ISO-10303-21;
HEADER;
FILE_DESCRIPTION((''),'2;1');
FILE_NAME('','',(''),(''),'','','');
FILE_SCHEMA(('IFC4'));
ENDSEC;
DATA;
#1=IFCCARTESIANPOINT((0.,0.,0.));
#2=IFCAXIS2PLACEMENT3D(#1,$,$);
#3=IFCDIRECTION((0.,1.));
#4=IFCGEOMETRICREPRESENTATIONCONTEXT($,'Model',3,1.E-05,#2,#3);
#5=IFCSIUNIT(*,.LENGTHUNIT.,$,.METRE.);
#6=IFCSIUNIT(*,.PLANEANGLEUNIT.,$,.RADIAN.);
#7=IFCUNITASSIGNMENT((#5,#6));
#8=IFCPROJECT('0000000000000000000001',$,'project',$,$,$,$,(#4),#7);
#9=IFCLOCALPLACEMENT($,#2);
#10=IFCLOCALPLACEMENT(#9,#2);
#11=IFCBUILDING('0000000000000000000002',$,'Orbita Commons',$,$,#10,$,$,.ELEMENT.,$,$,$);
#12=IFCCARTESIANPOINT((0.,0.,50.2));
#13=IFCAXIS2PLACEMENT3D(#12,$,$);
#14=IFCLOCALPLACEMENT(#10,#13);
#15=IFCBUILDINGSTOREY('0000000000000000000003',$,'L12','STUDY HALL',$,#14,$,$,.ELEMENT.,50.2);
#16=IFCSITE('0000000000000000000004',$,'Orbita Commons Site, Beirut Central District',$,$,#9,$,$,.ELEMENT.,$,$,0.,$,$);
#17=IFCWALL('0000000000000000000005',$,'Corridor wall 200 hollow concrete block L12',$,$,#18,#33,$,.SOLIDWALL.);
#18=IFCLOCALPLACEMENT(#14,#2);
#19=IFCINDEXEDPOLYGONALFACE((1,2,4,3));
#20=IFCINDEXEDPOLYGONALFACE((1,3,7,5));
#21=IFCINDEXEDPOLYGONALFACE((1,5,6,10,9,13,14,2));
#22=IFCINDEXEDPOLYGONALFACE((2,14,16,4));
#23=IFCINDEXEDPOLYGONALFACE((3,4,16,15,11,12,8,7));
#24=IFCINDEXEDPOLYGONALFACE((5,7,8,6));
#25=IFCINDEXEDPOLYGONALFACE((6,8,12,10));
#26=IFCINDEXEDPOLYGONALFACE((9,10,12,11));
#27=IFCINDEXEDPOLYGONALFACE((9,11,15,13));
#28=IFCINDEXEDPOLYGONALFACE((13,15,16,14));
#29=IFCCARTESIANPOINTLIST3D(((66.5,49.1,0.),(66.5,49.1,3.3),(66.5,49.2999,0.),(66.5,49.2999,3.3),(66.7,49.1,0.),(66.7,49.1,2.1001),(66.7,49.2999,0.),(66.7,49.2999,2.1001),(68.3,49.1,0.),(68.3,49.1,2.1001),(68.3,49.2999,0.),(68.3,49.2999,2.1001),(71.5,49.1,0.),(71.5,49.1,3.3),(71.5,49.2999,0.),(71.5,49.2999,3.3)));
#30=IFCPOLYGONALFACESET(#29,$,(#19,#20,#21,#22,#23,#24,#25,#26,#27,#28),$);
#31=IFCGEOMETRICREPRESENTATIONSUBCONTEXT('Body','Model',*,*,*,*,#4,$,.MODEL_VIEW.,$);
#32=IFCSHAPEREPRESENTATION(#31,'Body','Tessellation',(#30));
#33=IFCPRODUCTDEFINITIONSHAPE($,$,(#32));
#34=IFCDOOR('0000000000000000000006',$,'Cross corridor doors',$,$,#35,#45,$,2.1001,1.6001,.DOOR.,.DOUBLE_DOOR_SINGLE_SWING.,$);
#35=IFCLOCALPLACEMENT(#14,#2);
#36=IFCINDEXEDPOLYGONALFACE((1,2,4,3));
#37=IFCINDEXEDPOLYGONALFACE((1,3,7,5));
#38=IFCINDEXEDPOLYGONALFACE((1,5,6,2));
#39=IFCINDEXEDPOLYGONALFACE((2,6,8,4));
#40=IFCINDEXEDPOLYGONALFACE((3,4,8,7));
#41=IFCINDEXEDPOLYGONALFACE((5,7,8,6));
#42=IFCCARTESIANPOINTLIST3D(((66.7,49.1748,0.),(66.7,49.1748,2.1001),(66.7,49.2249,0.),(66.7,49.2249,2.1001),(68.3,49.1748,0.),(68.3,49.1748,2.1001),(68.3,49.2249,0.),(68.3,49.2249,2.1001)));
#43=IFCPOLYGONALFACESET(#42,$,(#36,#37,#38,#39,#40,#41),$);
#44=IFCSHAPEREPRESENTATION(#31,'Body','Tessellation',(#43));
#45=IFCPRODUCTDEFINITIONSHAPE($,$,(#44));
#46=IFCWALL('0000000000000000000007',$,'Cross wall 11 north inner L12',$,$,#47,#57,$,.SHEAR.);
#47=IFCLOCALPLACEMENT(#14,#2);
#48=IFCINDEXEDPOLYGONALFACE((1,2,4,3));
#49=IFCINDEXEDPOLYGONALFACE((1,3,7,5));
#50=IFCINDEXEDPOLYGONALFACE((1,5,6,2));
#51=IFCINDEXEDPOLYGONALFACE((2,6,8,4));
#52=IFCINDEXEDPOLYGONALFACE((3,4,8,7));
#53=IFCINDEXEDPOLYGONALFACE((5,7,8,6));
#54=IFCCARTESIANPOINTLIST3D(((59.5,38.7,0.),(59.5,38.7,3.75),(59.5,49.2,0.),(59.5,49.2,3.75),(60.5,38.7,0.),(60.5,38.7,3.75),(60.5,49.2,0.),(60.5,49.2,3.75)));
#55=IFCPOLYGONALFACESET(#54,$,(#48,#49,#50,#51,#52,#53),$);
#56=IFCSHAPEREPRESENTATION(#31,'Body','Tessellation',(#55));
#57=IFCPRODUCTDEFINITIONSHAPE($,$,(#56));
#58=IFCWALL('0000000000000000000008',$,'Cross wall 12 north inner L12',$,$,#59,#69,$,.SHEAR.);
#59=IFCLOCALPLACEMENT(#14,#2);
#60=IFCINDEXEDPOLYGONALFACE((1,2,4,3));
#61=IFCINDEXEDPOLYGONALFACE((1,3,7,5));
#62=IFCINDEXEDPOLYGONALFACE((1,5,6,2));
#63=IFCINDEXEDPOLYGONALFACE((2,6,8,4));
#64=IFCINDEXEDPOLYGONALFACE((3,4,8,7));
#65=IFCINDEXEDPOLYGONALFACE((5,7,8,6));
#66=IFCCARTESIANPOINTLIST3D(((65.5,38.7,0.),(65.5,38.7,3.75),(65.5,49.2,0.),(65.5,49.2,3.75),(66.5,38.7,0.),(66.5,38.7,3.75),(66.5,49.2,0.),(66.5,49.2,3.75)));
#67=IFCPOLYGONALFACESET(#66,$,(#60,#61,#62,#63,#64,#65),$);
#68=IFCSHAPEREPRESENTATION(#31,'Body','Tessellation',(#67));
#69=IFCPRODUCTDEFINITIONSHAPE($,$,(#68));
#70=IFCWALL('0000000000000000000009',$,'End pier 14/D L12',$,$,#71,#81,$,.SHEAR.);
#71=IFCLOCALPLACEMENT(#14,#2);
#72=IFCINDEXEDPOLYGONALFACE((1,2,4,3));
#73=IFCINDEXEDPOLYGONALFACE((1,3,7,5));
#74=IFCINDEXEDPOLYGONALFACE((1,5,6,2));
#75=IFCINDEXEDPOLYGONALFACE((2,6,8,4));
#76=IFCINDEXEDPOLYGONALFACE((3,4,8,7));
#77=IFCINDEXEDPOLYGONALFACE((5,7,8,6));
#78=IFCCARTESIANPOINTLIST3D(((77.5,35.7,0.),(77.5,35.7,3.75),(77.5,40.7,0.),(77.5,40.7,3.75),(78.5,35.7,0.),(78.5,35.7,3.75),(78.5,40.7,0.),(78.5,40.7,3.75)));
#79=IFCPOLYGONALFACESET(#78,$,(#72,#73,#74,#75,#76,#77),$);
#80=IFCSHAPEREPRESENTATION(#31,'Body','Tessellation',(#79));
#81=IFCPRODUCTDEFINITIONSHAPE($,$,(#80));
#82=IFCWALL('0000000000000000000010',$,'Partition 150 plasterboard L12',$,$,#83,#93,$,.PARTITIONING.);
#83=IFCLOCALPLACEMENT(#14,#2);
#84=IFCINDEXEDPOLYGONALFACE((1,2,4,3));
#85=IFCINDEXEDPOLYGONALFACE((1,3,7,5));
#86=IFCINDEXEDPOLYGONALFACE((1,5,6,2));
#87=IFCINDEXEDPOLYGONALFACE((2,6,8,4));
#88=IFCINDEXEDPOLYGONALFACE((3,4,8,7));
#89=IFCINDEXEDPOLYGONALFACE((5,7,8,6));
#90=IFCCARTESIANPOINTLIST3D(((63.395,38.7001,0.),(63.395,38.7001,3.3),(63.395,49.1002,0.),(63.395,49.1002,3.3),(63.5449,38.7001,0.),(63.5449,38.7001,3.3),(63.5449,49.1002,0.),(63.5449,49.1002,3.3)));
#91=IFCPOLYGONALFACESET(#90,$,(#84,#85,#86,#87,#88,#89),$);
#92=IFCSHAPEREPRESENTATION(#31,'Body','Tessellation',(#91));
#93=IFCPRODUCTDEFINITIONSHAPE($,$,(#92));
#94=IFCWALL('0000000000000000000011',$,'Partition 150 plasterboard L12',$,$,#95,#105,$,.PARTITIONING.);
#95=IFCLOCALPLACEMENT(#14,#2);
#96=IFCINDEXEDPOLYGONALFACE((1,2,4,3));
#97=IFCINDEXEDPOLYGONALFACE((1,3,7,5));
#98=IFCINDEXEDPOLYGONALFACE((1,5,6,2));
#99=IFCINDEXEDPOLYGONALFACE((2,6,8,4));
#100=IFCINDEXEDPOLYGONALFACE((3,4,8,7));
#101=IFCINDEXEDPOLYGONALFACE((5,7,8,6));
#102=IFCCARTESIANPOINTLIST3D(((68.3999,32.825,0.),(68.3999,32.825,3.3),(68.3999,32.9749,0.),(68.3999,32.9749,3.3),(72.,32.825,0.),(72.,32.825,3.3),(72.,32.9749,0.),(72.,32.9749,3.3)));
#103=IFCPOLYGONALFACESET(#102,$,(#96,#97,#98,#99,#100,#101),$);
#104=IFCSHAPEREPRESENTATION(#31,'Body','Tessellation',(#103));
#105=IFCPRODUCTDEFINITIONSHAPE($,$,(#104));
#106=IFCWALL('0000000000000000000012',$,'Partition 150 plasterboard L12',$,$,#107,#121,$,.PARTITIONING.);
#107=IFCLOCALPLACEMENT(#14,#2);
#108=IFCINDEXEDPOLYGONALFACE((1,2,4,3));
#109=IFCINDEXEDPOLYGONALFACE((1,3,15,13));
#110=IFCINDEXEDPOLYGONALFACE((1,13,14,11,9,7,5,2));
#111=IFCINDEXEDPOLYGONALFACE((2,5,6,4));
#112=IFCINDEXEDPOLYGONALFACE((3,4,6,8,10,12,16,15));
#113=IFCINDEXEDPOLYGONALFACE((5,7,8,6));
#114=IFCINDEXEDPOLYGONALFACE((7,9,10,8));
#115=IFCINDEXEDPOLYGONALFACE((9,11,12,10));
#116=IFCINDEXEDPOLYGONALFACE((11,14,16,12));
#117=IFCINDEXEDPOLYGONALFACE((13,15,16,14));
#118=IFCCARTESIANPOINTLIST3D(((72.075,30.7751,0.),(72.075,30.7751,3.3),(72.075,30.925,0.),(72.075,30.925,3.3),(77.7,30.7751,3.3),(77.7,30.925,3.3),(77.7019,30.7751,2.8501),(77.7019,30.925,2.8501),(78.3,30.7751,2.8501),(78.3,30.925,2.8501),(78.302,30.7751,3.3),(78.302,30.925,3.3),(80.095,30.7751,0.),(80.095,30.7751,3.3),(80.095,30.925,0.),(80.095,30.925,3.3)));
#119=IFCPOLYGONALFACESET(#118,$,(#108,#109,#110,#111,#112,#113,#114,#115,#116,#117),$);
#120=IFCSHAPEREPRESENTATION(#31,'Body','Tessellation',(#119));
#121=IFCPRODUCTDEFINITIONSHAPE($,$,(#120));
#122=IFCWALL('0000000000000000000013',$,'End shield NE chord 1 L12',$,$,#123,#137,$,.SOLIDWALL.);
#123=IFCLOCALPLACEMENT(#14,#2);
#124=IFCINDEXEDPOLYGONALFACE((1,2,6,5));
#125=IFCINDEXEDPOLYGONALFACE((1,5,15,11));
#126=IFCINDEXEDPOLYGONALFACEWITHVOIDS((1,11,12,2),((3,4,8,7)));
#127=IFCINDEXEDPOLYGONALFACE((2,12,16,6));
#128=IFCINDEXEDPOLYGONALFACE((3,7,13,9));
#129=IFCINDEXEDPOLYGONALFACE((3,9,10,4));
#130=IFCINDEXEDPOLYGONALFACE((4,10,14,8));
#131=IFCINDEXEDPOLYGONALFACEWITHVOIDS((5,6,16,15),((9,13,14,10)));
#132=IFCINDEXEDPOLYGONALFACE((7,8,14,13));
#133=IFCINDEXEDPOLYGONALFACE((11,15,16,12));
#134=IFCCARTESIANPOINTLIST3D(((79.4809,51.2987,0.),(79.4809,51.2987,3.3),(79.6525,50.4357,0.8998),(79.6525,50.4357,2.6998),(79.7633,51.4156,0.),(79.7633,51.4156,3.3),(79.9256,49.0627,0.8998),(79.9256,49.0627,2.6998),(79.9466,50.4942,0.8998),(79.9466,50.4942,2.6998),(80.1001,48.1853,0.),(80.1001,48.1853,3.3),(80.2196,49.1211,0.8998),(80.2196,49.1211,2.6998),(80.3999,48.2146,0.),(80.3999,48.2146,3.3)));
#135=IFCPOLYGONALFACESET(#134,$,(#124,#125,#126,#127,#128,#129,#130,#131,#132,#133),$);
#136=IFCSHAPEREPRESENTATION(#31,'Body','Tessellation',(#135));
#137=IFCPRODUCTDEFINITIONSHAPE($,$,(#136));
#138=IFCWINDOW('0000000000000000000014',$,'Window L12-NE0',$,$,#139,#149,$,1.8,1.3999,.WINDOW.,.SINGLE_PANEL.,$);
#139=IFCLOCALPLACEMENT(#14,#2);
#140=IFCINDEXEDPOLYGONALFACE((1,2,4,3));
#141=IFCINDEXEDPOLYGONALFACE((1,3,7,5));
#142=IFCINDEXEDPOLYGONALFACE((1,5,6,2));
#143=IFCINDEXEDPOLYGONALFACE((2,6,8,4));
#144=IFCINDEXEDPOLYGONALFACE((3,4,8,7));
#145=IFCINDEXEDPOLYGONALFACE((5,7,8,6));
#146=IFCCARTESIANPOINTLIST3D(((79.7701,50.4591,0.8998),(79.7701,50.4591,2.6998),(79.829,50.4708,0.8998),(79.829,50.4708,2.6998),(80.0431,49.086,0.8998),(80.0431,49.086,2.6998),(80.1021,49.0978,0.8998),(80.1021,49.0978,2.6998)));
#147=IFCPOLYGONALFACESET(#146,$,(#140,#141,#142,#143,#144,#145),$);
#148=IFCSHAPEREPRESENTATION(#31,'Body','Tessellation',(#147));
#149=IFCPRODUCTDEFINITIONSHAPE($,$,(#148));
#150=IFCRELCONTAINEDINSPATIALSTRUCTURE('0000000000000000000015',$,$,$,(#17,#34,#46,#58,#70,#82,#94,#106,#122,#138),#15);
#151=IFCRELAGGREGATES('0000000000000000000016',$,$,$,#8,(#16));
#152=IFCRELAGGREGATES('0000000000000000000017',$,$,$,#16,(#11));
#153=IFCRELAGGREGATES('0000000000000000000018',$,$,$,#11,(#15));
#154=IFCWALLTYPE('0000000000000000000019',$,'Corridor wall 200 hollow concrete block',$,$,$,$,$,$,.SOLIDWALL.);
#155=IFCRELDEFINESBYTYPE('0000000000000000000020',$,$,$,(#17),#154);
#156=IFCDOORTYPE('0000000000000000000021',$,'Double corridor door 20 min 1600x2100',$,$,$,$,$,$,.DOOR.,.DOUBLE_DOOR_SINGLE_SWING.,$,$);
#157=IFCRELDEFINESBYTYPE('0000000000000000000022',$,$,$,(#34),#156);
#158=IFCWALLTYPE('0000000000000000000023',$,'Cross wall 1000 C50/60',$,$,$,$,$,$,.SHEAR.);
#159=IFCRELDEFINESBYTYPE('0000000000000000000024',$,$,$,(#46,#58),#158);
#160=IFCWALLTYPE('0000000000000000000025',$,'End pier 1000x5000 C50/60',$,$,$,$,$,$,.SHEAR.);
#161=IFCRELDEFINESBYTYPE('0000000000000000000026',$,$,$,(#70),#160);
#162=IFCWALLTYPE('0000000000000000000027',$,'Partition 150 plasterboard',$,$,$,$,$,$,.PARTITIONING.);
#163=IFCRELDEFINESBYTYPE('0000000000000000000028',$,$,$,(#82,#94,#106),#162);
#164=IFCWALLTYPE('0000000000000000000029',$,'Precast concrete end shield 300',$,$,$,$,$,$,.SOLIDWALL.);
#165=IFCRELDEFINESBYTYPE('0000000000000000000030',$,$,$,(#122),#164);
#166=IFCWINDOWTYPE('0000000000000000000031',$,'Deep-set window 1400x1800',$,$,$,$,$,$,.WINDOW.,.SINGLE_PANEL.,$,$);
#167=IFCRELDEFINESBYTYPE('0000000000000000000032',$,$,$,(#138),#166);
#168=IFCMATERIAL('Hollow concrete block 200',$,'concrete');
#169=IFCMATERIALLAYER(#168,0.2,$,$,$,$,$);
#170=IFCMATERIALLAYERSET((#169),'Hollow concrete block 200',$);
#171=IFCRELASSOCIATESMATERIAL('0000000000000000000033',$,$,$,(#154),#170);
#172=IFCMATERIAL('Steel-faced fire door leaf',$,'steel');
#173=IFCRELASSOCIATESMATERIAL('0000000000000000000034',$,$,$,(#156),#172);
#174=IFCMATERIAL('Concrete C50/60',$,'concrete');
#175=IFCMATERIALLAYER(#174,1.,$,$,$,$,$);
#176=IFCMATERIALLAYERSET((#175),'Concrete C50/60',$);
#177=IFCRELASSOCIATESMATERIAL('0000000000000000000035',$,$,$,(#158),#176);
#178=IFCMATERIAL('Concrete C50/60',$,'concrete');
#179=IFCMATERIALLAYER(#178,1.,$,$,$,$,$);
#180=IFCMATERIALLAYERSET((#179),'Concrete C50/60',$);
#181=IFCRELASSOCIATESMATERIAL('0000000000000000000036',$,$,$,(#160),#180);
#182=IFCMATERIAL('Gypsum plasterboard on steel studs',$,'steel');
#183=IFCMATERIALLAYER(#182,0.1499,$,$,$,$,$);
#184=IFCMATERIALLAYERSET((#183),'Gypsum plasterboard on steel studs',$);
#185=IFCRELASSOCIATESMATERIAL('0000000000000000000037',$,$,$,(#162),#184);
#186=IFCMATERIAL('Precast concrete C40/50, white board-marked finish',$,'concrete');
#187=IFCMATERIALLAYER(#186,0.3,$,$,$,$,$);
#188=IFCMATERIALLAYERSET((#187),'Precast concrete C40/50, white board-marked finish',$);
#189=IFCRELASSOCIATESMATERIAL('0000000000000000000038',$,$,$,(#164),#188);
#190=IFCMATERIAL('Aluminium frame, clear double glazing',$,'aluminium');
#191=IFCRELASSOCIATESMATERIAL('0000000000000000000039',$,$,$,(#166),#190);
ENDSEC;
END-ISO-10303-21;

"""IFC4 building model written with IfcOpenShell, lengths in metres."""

from ifc_helpers import new_model, si_unit, direction, frame, frame_2d, origin, place, context, subcontext, project, spatial, polyline, rectangle, outline, extrude, material, layer, layer_set, type_object, element, fill, save


model = new_model("IFC4")

# Units and contexts
model_context = context("Model", 3, precision=1e-05, world=origin(), true_north=direction((0.0, 1.0)))
body_context = subcontext(model_context, "Body", "Model", "MODEL_VIEW")
ifc_project = project(units=[si_unit("LENGTHUNIT", "METRE"), si_unit("PLANEANGLEUNIT", "RADIAN")], contexts=[model_context])

# Site, building, storey
site_placement = place(None, origin())
site = spatial("IfcSite", under=ifc_project, at=site_placement, Name="Orbita Commons Site, Beirut Central District", CompositionType="ELEMENT", RefElevation=0.0)
building_placement = place(site_placement, origin())
building = spatial("IfcBuilding", under=site, at=building_placement, Name="Orbita Commons", CompositionType="ELEMENT")
storey_placement = place(building_placement, frame((0.0, 0.0, 50.2)))
storey = spatial("IfcBuildingStorey", under=building, at=storey_placement, Name="L12", Description="STUDY HALL", CompositionType="ELEMENT", Elevation=50.2)

# Shared definitions
ifc_material_1 = material(Name="Hollow concrete block 200", Category="concrete")
ifc_layer_1 = layer(ifc_material_1, 0.2)
ifc_layer_set_1 = layer_set([ifc_layer_1], Name="Hollow concrete block 200")
wall_type_1 = type_object("IfcWallType", Name="Corridor wall 200 hollow concrete block", PredefinedType="SOLIDWALL", material=ifc_layer_set_1)

# Wall, opening, door
wall_1_placement = place(storey_placement, frame((66.5, 49.2, 0.0), z_axis=(0.0, 0.0, 1.0), x_axis=(1.0, 0.0, 0.0)))
wall_1 = element("IfcWall", 1, at=wall_1_placement, inside=storey, type_object=wall_type_1, Name="Corridor wall 200 hollow concrete block L12", PredefinedType="SOLIDWALL", context=body_context, shape_type="SweptSolid", body=[
    extrude(rectangle(XDim=5.0, YDim=0.2, at=frame_2d((2.5, 0.0))), origin(), (0.0, 0.0, 1.0), 3.3),
])
opening_1_placement = place(wall_1_placement, frame((0.2, 0.0, 0.0)))
opening_1 = element("IfcOpeningElement", 2, at=opening_1_placement, cuts=wall_1, PredefinedType="OPENING", context=body_context, shape_type="SweptSolid", body=[
    extrude(rectangle(XDim=1.6001, YDim=2.1001, at=frame_2d((0.8, 1.05))), frame((0.0, 0.1099, 0.0), z_axis=(0.0, -1.0, 0.0), x_axis=(1.0, 0.0, 0.0)), (0.0, 0.0, 1.0), 0.22),
])
ifc_material_2 = material(Name="Steel-faced fire door leaf", Category="steel")
door_type_1 = type_object("IfcDoorType", Name="Double corridor door 20 min 1600x2100", OperationType="DOUBLE_DOOR_SINGLE_SWING", PredefinedType="DOOR", material=ifc_material_2)
door_1_placement = place(opening_1_placement, origin())
door_1 = element("IfcDoor", 3, at=door_1_placement, inside=storey, type_object=door_type_1, Name="Cross corridor doors", OperationType="DOUBLE_DOOR_SINGLE_SWING", OverallHeight=2.1001, OverallWidth=1.6001, PredefinedType="DOOR", context=body_context, shape_type="SweptSolid", body=[
    extrude(rectangle(XDim=1.6001, YDim=2.1001, at=frame_2d((0.8, 1.05))), frame((0.0, 0.0249, 0.0), z_axis=(0.0, -1.0, 0.0), x_axis=(1.0, 0.0, 0.0)), (0.0, 0.0, 1.0), 0.05),
])
fill(opening_1, door_1)

# Walls
ifc_material_3 = material(Name="Concrete C50/60", Category="concrete")
ifc_layer_2 = layer(ifc_material_3, 1.0)
ifc_layer_set_2 = layer_set([ifc_layer_2], Name="Concrete C50/60")
wall_type_2 = type_object("IfcWallType", Name="Cross wall 1000 C50/60", PredefinedType="SHEAR", material=ifc_layer_set_2)
for number, where, z_axis, x_axis, name in (
    (4, (60.0, 38.7, 0.0), (0.0, 0.0, 1.0), (0.0, 1.0, 0.0), "Cross wall 11 north inner L12"),
    (5, (66.0, 38.7, 0.0), (0.0, 0.0, 1.0), (0.0, 1.0, 0.0), "Cross wall 12 north inner L12"),
):
    element("IfcWall", number, at=place(storey_placement, frame(where, z_axis=z_axis, x_axis=x_axis)), inside=storey, type_object=wall_type_2, Name=name, PredefinedType="SHEAR", context=body_context, shape_type="SweptSolid", body=[
        extrude(rectangle(XDim=10.5, YDim=1.0, at=frame_2d((5.25, 0.0))), origin(), (0.0, 0.0, 1.0), 3.75),
    ])
ifc_material_4 = material(Name="Concrete C50/60", Category="concrete")
ifc_layer_3 = layer(ifc_material_4, 1.0)
ifc_layer_set_3 = layer_set([ifc_layer_3], Name="Concrete C50/60")
wall_type_3 = type_object("IfcWallType", Name="End pier 1000x5000 C50/60", PredefinedType="SHEAR", material=ifc_layer_set_3)
wall_2_placement = place(storey_placement, frame((78.0, 35.7, 0.0), z_axis=(0.0, 0.0, 1.0), x_axis=(0.0, 1.0, 0.0)))
element("IfcWall", 6, at=wall_2_placement, inside=storey, type_object=wall_type_3, Name="End pier 14/D L12", PredefinedType="SHEAR", context=body_context, shape_type="SweptSolid", body=[
    extrude(rectangle(XDim=5.0, YDim=1.0, at=frame_2d((2.5, 0.0))), origin(), (0.0, 0.0, 1.0), 3.75),
])
ifc_material_5 = material(Name="Gypsum plasterboard on steel studs", Category="steel")
ifc_layer_4 = layer(ifc_material_5, 0.1499)
ifc_layer_set_4 = layer_set([ifc_layer_4], Name="Gypsum plasterboard on steel studs")
wall_type_4 = type_object("IfcWallType", Name="Partition 150 plasterboard", PredefinedType="PARTITIONING", material=ifc_layer_set_4)
wall_3_placement = place(storey_placement, frame((63.47, 38.7, 0.0), z_axis=(0.0, 0.0, 1.0), x_axis=(0.0, 1.0, 0.0)))
element("IfcWall", 7, at=wall_3_placement, inside=storey, type_object=wall_type_4, Name="Partition 150 plasterboard L12", PredefinedType="PARTITIONING", context=body_context, shape_type="SweptSolid", body=[
    extrude(rectangle(XDim=10.4001, YDim=0.1499, at=frame_2d((5.2002, 0.0))), origin(), (0.0, 0.0, 1.0), 3.3),
])
wall_4_placement = place(storey_placement, frame((68.3999, 32.8999, 0.0), z_axis=(0.0, 0.0, 1.0), x_axis=(1.0, 0.0, 0.0)))
element("IfcWall", 8, at=wall_4_placement, inside=storey, type_object=wall_type_4, Name="Partition 150 plasterboard L12", PredefinedType="PARTITIONING", context=body_context, shape_type="SweptSolid", body=[
    extrude(rectangle(XDim=3.6001, YDim=0.1499, at=frame_2d((1.8, 0.0))), origin(), (0.0, 0.0, 1.0), 3.3),
])
wall_5_placement = place(storey_placement, frame((72.075, 30.8501, 0.0), z_axis=(0.0, 0.0, 1.0), x_axis=(1.0, 0.0, 0.0)))
element("IfcWall", 9, at=wall_5_placement, inside=storey, type_object=wall_type_4, Name="Partition 150 plasterboard L12", PredefinedType="PARTITIONING", context=body_context, shape_type="SweptSolid", body=[
    extrude(outline(polyline([(0.0, 0.0), (8.02, 0.0), (8.02, 3.3), (6.2271, 3.3), (6.2251, 2.8501), (5.627, 2.8501), (5.625, 3.3), (0.0, 3.3), (0.0, 0.0)])), frame((0.0, 0.075, 0.0), z_axis=(0.0, -1.0, 0.0), x_axis=(1.0, 0.0, 0.0)), (0.0, 0.0, 1.0), 0.1499),
])

# Wall, opening, window
ifc_material_6 = material(Name="Precast concrete C40/50, white board-marked finish", Category="concrete")
ifc_layer_5 = layer(ifc_material_6, 0.3)
ifc_layer_set_5 = layer_set([ifc_layer_5], Name="Precast concrete C40/50, white board-marked finish")
wall_type_5 = type_object("IfcWallType", Name="Precast concrete end shield 300", PredefinedType="SOLIDWALL", material=ifc_layer_set_5)
wall_6_placement = place(storey_placement, frame((80.25, 48.2, 0.0), z_axis=(0.0, 0.0, 1.0), x_axis=(-0.195066, 0.98079, 0.0)))
wall_6 = element("IfcWall", 10, at=wall_6_placement, inside=storey, type_object=wall_type_5, Name="End shield NE chord 1 L12", PredefinedType="SOLIDWALL", context=body_context, shape_type="SweptSolid", body=[
    extrude(outline(polyline([(-0.0149, -0.1499), (3.2488, -0.1499), (3.1892, 0.1499), (0.0149, 0.1499), (-0.0149, -0.1499)])), origin(), (0.0, 0.0, 1.0), 3.3),
])
opening_2_placement = place(wall_6_placement, frame((0.9094, 0.0, 0.8999)))
opening_2 = element("IfcOpeningElement", 11, at=opening_2_placement, cuts=wall_6, PredefinedType="OPENING", context=body_context, shape_type="SweptSolid", body=[
    extrude(rectangle(XDim=1.3999, YDim=1.8, at=frame_2d((0.7, 0.8999))), frame((0.0, 0.1599, 0.0), z_axis=(0.0, -1.0, 0.0), x_axis=(1.0, 0.0, 0.0)), (0.0, 0.0, 1.0), 0.3201),
])
ifc_material_7 = material(Name="Aluminium frame, clear double glazing", Category="aluminium")
window_type = type_object("IfcWindowType", Name="Deep-set window 1400x1800", PartitioningType="SINGLE_PANEL", PredefinedType="WINDOW", material=ifc_material_7)
window_placement = place(opening_2_placement, origin())
window = element("IfcWindow", 12, at=window_placement, inside=storey, type_object=window_type, Name="Window L12-NE0", OverallHeight=1.8, OverallWidth=1.3999, PartitioningType="SINGLE_PANEL", PredefinedType="WINDOW", context=body_context, shape_type="SweptSolid", body=[
    extrude(rectangle(XDim=1.3999, YDim=1.8, at=frame_2d((0.7, 0.8999))), frame((0.0, 0.03, 0.0), z_axis=(0.0, -1.0, 0.0), x_axis=(1.0, 0.0, 0.0)), (0.0, 0.0, 1.0), 0.0601),
])
fill(opening_2, window)

save(model, "model.ifc")
